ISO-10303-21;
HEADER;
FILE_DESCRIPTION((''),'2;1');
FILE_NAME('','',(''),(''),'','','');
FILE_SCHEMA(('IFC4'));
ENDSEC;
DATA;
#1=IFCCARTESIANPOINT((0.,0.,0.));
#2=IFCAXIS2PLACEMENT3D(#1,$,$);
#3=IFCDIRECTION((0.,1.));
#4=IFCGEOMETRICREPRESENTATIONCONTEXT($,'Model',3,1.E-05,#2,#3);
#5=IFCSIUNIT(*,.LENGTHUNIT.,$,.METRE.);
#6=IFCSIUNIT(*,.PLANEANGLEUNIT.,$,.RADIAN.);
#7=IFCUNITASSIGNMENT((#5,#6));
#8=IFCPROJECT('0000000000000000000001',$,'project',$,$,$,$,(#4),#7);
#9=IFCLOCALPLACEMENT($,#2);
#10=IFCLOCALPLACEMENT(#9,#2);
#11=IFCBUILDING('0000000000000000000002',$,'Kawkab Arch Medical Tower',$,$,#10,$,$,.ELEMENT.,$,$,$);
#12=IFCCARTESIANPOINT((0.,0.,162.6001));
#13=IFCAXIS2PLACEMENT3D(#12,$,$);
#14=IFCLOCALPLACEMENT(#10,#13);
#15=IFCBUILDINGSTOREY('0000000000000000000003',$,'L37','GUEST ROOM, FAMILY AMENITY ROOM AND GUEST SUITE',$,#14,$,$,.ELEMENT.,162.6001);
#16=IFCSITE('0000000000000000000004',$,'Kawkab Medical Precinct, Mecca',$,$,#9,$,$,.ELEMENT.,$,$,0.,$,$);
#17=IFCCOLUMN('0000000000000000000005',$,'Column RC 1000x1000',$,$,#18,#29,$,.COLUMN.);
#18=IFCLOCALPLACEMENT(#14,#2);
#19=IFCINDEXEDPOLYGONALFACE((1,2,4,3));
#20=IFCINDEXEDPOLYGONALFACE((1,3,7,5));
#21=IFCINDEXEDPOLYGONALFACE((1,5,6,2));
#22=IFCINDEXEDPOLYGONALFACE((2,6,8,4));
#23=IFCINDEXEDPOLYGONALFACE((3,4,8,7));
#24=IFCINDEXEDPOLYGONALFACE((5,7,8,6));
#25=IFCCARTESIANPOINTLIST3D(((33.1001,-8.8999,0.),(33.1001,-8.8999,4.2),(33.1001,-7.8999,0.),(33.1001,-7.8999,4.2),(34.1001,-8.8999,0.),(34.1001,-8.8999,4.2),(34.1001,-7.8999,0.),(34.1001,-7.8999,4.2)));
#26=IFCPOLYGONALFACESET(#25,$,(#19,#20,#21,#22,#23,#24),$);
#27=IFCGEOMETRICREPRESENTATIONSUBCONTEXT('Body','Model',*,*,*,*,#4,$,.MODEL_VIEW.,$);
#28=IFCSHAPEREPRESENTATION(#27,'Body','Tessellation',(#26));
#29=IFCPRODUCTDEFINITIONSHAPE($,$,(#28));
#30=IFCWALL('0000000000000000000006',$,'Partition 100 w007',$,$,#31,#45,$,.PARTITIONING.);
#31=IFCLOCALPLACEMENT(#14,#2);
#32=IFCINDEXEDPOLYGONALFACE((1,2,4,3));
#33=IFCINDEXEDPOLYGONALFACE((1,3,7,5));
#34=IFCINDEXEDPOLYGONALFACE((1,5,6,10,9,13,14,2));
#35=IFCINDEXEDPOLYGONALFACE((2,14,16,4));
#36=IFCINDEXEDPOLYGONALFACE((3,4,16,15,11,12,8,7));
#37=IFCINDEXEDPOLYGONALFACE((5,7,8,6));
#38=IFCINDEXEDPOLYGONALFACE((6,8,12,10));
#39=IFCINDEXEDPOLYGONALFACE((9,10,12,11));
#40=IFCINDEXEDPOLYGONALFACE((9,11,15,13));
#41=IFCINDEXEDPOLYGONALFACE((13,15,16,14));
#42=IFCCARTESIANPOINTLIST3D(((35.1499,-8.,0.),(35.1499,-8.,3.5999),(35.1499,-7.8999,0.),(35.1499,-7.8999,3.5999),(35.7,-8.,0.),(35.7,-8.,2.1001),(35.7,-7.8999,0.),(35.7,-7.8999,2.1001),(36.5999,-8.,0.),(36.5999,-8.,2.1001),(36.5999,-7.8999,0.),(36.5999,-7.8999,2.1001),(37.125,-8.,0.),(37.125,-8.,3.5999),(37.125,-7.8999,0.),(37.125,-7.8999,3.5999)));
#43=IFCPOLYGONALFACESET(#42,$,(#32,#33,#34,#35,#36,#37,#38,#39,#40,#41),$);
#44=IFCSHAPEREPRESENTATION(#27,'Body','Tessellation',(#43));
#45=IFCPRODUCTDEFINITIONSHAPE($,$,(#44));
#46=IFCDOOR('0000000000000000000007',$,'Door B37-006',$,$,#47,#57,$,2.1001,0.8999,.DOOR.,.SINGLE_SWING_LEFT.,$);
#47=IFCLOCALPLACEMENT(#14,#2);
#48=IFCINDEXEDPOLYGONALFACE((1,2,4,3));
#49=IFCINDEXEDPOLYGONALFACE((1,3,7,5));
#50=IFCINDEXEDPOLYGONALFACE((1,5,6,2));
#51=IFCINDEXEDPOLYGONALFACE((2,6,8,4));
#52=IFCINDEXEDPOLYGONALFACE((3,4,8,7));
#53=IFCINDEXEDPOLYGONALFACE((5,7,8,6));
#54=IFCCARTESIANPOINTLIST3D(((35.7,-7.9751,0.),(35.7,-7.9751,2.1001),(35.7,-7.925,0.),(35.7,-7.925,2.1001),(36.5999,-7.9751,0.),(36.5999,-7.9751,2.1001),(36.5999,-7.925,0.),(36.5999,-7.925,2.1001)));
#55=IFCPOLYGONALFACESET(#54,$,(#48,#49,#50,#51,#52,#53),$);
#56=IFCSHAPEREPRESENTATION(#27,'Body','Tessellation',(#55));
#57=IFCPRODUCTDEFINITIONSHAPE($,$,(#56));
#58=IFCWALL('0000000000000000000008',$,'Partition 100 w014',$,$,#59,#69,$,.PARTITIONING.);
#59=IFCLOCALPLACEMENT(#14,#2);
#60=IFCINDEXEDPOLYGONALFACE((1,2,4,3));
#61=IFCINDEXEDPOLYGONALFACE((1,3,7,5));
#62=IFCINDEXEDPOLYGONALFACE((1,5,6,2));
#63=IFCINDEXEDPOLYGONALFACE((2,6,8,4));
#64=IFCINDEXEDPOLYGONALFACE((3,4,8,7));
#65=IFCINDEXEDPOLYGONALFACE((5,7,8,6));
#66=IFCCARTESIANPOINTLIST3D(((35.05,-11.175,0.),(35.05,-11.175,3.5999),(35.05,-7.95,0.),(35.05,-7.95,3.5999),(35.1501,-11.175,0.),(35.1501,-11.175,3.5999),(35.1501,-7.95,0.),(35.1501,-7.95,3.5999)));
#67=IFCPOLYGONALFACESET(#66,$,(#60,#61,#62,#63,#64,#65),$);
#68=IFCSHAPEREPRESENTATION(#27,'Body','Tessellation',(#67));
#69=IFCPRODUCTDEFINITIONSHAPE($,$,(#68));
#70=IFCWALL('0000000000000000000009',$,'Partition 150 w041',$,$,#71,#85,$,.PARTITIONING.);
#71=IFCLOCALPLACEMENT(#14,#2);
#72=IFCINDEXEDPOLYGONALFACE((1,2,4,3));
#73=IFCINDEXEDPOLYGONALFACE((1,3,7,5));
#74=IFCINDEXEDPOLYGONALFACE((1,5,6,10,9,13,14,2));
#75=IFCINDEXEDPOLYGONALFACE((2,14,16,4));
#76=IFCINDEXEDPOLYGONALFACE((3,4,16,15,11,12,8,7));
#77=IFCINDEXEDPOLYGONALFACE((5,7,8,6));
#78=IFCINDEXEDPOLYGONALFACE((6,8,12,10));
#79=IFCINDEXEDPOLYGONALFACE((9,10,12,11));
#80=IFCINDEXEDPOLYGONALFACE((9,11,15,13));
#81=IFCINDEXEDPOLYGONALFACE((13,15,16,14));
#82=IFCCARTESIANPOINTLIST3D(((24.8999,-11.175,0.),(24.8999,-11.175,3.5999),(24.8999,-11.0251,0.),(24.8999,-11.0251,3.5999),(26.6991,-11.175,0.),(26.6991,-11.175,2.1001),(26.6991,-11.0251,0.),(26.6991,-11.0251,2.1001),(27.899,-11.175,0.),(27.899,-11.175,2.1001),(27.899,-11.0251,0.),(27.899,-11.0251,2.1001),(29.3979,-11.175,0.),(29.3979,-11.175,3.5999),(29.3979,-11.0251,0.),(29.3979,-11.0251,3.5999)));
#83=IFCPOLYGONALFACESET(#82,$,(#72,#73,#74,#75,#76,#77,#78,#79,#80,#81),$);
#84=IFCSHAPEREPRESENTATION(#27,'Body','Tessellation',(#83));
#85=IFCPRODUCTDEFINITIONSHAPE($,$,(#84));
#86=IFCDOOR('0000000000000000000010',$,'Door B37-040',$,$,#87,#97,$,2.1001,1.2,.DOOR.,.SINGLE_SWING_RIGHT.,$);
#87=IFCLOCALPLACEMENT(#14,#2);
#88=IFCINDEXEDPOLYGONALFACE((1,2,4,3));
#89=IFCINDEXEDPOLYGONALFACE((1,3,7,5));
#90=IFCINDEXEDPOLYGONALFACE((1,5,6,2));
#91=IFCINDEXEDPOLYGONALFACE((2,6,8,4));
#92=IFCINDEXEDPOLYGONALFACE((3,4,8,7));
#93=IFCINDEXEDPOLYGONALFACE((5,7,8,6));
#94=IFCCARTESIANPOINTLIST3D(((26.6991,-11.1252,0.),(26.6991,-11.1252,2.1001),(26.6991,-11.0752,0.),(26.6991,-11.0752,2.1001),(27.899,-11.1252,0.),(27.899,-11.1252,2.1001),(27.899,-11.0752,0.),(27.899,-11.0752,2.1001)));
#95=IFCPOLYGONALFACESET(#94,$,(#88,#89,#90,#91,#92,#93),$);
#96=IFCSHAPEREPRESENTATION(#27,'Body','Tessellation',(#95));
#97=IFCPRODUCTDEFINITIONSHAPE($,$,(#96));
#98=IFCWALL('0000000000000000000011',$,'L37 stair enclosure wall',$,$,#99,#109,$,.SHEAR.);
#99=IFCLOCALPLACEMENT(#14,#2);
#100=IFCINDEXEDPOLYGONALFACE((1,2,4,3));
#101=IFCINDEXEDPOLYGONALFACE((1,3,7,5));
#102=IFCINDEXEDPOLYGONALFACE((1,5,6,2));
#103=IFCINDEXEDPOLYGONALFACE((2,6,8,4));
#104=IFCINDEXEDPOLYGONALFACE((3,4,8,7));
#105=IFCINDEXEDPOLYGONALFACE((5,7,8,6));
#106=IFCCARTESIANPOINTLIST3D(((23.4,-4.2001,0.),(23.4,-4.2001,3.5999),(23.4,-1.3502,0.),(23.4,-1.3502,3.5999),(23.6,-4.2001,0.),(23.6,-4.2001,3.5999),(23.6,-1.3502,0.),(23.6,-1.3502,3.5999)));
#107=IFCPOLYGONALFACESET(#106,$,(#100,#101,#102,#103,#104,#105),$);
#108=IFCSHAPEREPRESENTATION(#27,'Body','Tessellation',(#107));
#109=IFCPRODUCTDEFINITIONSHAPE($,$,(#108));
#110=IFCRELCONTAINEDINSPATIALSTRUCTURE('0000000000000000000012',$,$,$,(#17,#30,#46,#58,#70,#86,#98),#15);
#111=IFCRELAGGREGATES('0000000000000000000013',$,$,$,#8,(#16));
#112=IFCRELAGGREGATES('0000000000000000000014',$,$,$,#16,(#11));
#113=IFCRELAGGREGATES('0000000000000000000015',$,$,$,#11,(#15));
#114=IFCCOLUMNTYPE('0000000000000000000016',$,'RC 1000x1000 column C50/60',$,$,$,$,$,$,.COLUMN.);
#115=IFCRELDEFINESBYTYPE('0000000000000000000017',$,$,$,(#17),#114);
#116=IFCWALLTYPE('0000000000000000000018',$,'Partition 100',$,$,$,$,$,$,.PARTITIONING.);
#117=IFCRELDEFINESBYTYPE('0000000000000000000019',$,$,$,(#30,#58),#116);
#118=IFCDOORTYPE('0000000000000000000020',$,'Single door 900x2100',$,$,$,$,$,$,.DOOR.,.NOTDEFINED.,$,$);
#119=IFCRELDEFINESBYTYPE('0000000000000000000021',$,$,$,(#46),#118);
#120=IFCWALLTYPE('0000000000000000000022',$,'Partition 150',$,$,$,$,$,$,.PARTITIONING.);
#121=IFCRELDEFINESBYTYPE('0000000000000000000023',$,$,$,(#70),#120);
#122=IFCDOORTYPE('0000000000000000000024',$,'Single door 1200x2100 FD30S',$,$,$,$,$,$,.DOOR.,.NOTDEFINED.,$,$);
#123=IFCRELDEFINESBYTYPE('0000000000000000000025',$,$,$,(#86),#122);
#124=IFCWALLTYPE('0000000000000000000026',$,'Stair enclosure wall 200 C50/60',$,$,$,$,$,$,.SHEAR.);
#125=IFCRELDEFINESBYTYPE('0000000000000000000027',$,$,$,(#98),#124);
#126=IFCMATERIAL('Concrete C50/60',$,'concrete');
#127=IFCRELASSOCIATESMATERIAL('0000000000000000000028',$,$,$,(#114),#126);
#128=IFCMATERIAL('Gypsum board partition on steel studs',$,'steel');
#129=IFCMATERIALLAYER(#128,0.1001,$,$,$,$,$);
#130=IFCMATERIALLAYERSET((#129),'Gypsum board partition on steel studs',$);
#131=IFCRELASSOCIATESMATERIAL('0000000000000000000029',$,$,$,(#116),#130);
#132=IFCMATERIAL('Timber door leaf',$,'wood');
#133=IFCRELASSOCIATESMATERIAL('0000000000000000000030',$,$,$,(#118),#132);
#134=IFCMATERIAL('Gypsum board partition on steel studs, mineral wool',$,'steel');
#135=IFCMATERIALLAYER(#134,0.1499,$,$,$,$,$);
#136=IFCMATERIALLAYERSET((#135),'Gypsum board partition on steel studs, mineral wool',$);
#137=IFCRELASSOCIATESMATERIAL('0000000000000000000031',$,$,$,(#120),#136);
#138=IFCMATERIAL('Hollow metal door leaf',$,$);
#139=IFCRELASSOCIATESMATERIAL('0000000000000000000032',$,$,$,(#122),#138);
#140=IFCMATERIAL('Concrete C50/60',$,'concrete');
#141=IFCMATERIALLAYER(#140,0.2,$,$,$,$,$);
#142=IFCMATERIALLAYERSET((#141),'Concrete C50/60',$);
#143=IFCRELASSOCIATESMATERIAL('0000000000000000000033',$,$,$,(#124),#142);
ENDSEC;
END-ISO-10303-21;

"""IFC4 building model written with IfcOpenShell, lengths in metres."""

from ifc_helpers import new_model, si_unit, direction, frame, frame_2d, origin, origin_2d, place, context, subcontext, project, spatial, rectangle, extrude, material, layer, layer_set, material_profile, profile_set, type_object, element, fill, save


model = new_model("IFC4")

# Units and contexts
model_context = context("Model", 3, precision=1e-05, world=origin(), true_north=direction((0.0, 1.0)))
body_context = subcontext(model_context, "Body", "Model", "MODEL_VIEW")
ifc_project = project(units=[si_unit("LENGTHUNIT", "METRE"), si_unit("PLANEANGLEUNIT", "RADIAN")], contexts=[model_context])

# Site, building, storey
site_placement = place(None, origin())
site = spatial("IfcSite", under=ifc_project, at=site_placement, Name="Kawkab Medical Precinct, Mecca", CompositionType="ELEMENT", RefElevation=0.0)
building_placement = place(site_placement, origin())
building = spatial("IfcBuilding", under=site, at=building_placement, Name="Kawkab Arch Medical Tower", CompositionType="ELEMENT")
storey_placement = place(building_placement, frame((0.0, 0.0, 162.6001)))
storey = spatial("IfcBuildingStorey", under=building, at=storey_placement, Name="L37", Description="GUEST ROOM, FAMILY AMENITY ROOM AND GUEST SUITE", CompositionType="ELEMENT", Elevation=162.6001)

# Column
ifc_material_1 = material(Name="Concrete C50/60", Category="concrete")
ifc_material_profile = material_profile(ifc_material_1, rectangle(XDim=1.0, YDim=1.0, at=origin_2d()), Name="RC 1000x1000")
ifc_profile_set = profile_set([ifc_material_profile], Name="Concrete C50/60")
column_type = type_object("IfcColumnType", Name="RC 1000x1000 column C50/60", PredefinedType="COLUMN", material=ifc_profile_set)
column_placement = place(storey_placement, frame((33.6001, -8.3999, 0.0), z_axis=(0.0, 0.0, 1.0), x_axis=(1.0, 0.0, 0.0)))
element("IfcColumn", 1, at=column_placement, inside=storey, type_object=column_type, Name="Column RC 1000x1000", PredefinedType="COLUMN", context=body_context, shape_type="SweptSolid", body=[
    extrude(rectangle(XDim=1.0, YDim=1.0, at=origin_2d()), origin(), (0.0, 0.0, 1.0), 4.2),
])

# Wall, opening, door
ifc_material_2 = material(Name="Gypsum board partition on steel studs", Category="steel")
ifc_layer_1 = layer(ifc_material_2, 0.1001)
ifc_layer_set_1 = layer_set([ifc_layer_1], Name="Gypsum board partition on steel studs")
wall_type_1 = type_object("IfcWallType", Name="Partition 100", PredefinedType="PARTITIONING", material=ifc_layer_set_1)
wall_1_placement = place(storey_placement, frame((35.1499, -7.95, 0.0), z_axis=(0.0, 0.0, 1.0), x_axis=(1.0, 0.0, 0.0)))
wall_1 = element("IfcWall", 2, at=wall_1_placement, inside=storey, type_object=wall_type_1, Name="Partition 100 w007", PredefinedType="PARTITIONING", context=body_context, shape_type="SweptSolid", body=[
    extrude(rectangle(XDim=1.9751, YDim=0.1001, at=frame_2d((0.9875, 0.0))), origin(), (0.0, 0.0, 1.0), 3.5999),
])
opening_1_placement = place(wall_1_placement, frame((0.55, 0.0, 0.0)))
opening_1 = element("IfcOpeningElement", 3, at=opening_1_placement, cuts=wall_1, PredefinedType="OPENING", context=body_context, shape_type="SweptSolid", body=[
    extrude(rectangle(XDim=0.8999, YDim=2.1001, at=frame_2d((0.45, 1.05))), frame((0.0, 0.0601, 0.0), z_axis=(0.0, -1.0, 0.0), x_axis=(1.0, 0.0, 0.0)), (0.0, 0.0, 1.0), 0.1201),
])
ifc_material_3 = material(Name="Timber door leaf", Category="wood")
door_type_1 = type_object("IfcDoorType", Name="Single door 900x2100", OperationType="NOTDEFINED", PredefinedType="DOOR", material=ifc_material_3)
door_1_placement = place(opening_1_placement, origin())
door_1 = element("IfcDoor", 4, at=door_1_placement, inside=storey, type_object=door_type_1, Name="Door B37-006", OperationType="SINGLE_SWING_LEFT", OverallHeight=2.1001, OverallWidth=0.8999, PredefinedType="DOOR", context=body_context, shape_type="SweptSolid", body=[
    extrude(rectangle(XDim=0.8999, YDim=2.1001, at=frame_2d((0.45, 1.05))), frame((0.0, 0.0249, 0.0), z_axis=(0.0, -1.0, 0.0), x_axis=(1.0, 0.0, 0.0)), (0.0, 0.0, 1.0), 0.05),
])
fill(opening_1, door_1)

# Wall
wall_2_placement = place(storey_placement, frame((35.1001, -11.175, 0.0), z_axis=(0.0, 0.0, 1.0), x_axis=(0.0, 1.0, 0.0)))
element("IfcWall", 5, at=wall_2_placement, inside=storey, type_object=wall_type_1, Name="Partition 100 w014", PredefinedType="PARTITIONING", context=body_context, shape_type="SweptSolid", body=[
    extrude(rectangle(XDim=3.2251, YDim=0.1001, at=frame_2d((1.6125, 0.0))), origin(), (0.0, 0.0, 1.0), 3.5999),
])

# Wall, opening, door
ifc_material_4 = material(Name="Gypsum board partition on steel studs, mineral wool", Category="steel")
ifc_layer_2 = layer(ifc_material_4, 0.1499)
ifc_layer_set_2 = layer_set([ifc_layer_2], Name="Gypsum board partition on steel studs, mineral wool")
wall_type_2 = type_object("IfcWallType", Name="Partition 150", PredefinedType="PARTITIONING", material=ifc_layer_set_2)
wall_3_placement = place(storey_placement, frame((24.8999, -11.1001, 0.0), z_axis=(0.0, 0.0, 1.0), x_axis=(1.0, 0.0, 0.0)))
wall_3 = element("IfcWall", 6, at=wall_3_placement, inside=storey, type_object=wall_type_2, Name="Partition 150 w041", PredefinedType="PARTITIONING", context=body_context, shape_type="SweptSolid", body=[
    extrude(rectangle(XDim=4.498, YDim=0.1499, at=frame_2d((2.249, 0.0))), origin(), (0.0, 0.0, 1.0), 3.5999),
])
opening_2_placement = place(wall_3_placement, frame((1.7991, 0.0, 0.0)))
opening_2 = element("IfcOpeningElement", 7, at=opening_2_placement, cuts=wall_3, PredefinedType="OPENING", context=body_context, shape_type="SweptSolid", body=[
    extrude(rectangle(XDim=1.2, YDim=2.1001, at=frame_2d((0.6001, 1.05))), frame((0.0, 0.085, 0.0), z_axis=(0.0, -1.0, 0.0), x_axis=(1.0, 0.0, 0.0)), (0.0, 0.0, 1.0), 0.1699),
])
ifc_material_5 = material(Name="Hollow metal door leaf")
door_type_2 = type_object("IfcDoorType", Name="Single door 1200x2100 FD30S", OperationType="NOTDEFINED", PredefinedType="DOOR", material=ifc_material_5)
door_2_placement = place(opening_2_placement, origin())
door_2 = element("IfcDoor", 8, at=door_2_placement, inside=storey, type_object=door_type_2, Name="Door B37-040", OperationType="SINGLE_SWING_RIGHT", OverallHeight=2.1001, OverallWidth=1.2, PredefinedType="DOOR", context=body_context, shape_type="SweptSolid", body=[
    extrude(rectangle(XDim=1.2, YDim=2.1001, at=frame_2d((0.6001, 1.05))), frame((0.0, 0.0249, 0.0), z_axis=(0.0, -1.0, 0.0), x_axis=(1.0, 0.0, 0.0)), (0.0, 0.0, 1.0), 0.05),
])
fill(opening_2, door_2)

# Wall
ifc_material_6 = material(Name="Concrete C50/60", Category="concrete")
ifc_layer_3 = layer(ifc_material_6, 0.2)
ifc_layer_set_3 = layer_set([ifc_layer_3], Name="Concrete C50/60")
wall_type_3 = type_object("IfcWallType", Name="Stair enclosure wall 200 C50/60", PredefinedType="SHEAR", material=ifc_layer_set_3)
wall_4_placement = place(storey_placement, frame((23.5, -4.2, 0.0), z_axis=(0.0, 0.0, 1.0), x_axis=(0.0, 1.0, 0.0)))
element("IfcWall", 9, at=wall_4_placement, inside=storey, type_object=wall_type_3, Name="L37 stair enclosure wall", PredefinedType="SHEAR", context=body_context, shape_type="SweptSolid", body=[
    extrude(rectangle(XDim=2.8499, YDim=0.2, at=frame_2d((1.4248, 0.0))), origin(), (0.0, 0.0, 1.0), 3.5999),
])

save(model, "model.ifc")
